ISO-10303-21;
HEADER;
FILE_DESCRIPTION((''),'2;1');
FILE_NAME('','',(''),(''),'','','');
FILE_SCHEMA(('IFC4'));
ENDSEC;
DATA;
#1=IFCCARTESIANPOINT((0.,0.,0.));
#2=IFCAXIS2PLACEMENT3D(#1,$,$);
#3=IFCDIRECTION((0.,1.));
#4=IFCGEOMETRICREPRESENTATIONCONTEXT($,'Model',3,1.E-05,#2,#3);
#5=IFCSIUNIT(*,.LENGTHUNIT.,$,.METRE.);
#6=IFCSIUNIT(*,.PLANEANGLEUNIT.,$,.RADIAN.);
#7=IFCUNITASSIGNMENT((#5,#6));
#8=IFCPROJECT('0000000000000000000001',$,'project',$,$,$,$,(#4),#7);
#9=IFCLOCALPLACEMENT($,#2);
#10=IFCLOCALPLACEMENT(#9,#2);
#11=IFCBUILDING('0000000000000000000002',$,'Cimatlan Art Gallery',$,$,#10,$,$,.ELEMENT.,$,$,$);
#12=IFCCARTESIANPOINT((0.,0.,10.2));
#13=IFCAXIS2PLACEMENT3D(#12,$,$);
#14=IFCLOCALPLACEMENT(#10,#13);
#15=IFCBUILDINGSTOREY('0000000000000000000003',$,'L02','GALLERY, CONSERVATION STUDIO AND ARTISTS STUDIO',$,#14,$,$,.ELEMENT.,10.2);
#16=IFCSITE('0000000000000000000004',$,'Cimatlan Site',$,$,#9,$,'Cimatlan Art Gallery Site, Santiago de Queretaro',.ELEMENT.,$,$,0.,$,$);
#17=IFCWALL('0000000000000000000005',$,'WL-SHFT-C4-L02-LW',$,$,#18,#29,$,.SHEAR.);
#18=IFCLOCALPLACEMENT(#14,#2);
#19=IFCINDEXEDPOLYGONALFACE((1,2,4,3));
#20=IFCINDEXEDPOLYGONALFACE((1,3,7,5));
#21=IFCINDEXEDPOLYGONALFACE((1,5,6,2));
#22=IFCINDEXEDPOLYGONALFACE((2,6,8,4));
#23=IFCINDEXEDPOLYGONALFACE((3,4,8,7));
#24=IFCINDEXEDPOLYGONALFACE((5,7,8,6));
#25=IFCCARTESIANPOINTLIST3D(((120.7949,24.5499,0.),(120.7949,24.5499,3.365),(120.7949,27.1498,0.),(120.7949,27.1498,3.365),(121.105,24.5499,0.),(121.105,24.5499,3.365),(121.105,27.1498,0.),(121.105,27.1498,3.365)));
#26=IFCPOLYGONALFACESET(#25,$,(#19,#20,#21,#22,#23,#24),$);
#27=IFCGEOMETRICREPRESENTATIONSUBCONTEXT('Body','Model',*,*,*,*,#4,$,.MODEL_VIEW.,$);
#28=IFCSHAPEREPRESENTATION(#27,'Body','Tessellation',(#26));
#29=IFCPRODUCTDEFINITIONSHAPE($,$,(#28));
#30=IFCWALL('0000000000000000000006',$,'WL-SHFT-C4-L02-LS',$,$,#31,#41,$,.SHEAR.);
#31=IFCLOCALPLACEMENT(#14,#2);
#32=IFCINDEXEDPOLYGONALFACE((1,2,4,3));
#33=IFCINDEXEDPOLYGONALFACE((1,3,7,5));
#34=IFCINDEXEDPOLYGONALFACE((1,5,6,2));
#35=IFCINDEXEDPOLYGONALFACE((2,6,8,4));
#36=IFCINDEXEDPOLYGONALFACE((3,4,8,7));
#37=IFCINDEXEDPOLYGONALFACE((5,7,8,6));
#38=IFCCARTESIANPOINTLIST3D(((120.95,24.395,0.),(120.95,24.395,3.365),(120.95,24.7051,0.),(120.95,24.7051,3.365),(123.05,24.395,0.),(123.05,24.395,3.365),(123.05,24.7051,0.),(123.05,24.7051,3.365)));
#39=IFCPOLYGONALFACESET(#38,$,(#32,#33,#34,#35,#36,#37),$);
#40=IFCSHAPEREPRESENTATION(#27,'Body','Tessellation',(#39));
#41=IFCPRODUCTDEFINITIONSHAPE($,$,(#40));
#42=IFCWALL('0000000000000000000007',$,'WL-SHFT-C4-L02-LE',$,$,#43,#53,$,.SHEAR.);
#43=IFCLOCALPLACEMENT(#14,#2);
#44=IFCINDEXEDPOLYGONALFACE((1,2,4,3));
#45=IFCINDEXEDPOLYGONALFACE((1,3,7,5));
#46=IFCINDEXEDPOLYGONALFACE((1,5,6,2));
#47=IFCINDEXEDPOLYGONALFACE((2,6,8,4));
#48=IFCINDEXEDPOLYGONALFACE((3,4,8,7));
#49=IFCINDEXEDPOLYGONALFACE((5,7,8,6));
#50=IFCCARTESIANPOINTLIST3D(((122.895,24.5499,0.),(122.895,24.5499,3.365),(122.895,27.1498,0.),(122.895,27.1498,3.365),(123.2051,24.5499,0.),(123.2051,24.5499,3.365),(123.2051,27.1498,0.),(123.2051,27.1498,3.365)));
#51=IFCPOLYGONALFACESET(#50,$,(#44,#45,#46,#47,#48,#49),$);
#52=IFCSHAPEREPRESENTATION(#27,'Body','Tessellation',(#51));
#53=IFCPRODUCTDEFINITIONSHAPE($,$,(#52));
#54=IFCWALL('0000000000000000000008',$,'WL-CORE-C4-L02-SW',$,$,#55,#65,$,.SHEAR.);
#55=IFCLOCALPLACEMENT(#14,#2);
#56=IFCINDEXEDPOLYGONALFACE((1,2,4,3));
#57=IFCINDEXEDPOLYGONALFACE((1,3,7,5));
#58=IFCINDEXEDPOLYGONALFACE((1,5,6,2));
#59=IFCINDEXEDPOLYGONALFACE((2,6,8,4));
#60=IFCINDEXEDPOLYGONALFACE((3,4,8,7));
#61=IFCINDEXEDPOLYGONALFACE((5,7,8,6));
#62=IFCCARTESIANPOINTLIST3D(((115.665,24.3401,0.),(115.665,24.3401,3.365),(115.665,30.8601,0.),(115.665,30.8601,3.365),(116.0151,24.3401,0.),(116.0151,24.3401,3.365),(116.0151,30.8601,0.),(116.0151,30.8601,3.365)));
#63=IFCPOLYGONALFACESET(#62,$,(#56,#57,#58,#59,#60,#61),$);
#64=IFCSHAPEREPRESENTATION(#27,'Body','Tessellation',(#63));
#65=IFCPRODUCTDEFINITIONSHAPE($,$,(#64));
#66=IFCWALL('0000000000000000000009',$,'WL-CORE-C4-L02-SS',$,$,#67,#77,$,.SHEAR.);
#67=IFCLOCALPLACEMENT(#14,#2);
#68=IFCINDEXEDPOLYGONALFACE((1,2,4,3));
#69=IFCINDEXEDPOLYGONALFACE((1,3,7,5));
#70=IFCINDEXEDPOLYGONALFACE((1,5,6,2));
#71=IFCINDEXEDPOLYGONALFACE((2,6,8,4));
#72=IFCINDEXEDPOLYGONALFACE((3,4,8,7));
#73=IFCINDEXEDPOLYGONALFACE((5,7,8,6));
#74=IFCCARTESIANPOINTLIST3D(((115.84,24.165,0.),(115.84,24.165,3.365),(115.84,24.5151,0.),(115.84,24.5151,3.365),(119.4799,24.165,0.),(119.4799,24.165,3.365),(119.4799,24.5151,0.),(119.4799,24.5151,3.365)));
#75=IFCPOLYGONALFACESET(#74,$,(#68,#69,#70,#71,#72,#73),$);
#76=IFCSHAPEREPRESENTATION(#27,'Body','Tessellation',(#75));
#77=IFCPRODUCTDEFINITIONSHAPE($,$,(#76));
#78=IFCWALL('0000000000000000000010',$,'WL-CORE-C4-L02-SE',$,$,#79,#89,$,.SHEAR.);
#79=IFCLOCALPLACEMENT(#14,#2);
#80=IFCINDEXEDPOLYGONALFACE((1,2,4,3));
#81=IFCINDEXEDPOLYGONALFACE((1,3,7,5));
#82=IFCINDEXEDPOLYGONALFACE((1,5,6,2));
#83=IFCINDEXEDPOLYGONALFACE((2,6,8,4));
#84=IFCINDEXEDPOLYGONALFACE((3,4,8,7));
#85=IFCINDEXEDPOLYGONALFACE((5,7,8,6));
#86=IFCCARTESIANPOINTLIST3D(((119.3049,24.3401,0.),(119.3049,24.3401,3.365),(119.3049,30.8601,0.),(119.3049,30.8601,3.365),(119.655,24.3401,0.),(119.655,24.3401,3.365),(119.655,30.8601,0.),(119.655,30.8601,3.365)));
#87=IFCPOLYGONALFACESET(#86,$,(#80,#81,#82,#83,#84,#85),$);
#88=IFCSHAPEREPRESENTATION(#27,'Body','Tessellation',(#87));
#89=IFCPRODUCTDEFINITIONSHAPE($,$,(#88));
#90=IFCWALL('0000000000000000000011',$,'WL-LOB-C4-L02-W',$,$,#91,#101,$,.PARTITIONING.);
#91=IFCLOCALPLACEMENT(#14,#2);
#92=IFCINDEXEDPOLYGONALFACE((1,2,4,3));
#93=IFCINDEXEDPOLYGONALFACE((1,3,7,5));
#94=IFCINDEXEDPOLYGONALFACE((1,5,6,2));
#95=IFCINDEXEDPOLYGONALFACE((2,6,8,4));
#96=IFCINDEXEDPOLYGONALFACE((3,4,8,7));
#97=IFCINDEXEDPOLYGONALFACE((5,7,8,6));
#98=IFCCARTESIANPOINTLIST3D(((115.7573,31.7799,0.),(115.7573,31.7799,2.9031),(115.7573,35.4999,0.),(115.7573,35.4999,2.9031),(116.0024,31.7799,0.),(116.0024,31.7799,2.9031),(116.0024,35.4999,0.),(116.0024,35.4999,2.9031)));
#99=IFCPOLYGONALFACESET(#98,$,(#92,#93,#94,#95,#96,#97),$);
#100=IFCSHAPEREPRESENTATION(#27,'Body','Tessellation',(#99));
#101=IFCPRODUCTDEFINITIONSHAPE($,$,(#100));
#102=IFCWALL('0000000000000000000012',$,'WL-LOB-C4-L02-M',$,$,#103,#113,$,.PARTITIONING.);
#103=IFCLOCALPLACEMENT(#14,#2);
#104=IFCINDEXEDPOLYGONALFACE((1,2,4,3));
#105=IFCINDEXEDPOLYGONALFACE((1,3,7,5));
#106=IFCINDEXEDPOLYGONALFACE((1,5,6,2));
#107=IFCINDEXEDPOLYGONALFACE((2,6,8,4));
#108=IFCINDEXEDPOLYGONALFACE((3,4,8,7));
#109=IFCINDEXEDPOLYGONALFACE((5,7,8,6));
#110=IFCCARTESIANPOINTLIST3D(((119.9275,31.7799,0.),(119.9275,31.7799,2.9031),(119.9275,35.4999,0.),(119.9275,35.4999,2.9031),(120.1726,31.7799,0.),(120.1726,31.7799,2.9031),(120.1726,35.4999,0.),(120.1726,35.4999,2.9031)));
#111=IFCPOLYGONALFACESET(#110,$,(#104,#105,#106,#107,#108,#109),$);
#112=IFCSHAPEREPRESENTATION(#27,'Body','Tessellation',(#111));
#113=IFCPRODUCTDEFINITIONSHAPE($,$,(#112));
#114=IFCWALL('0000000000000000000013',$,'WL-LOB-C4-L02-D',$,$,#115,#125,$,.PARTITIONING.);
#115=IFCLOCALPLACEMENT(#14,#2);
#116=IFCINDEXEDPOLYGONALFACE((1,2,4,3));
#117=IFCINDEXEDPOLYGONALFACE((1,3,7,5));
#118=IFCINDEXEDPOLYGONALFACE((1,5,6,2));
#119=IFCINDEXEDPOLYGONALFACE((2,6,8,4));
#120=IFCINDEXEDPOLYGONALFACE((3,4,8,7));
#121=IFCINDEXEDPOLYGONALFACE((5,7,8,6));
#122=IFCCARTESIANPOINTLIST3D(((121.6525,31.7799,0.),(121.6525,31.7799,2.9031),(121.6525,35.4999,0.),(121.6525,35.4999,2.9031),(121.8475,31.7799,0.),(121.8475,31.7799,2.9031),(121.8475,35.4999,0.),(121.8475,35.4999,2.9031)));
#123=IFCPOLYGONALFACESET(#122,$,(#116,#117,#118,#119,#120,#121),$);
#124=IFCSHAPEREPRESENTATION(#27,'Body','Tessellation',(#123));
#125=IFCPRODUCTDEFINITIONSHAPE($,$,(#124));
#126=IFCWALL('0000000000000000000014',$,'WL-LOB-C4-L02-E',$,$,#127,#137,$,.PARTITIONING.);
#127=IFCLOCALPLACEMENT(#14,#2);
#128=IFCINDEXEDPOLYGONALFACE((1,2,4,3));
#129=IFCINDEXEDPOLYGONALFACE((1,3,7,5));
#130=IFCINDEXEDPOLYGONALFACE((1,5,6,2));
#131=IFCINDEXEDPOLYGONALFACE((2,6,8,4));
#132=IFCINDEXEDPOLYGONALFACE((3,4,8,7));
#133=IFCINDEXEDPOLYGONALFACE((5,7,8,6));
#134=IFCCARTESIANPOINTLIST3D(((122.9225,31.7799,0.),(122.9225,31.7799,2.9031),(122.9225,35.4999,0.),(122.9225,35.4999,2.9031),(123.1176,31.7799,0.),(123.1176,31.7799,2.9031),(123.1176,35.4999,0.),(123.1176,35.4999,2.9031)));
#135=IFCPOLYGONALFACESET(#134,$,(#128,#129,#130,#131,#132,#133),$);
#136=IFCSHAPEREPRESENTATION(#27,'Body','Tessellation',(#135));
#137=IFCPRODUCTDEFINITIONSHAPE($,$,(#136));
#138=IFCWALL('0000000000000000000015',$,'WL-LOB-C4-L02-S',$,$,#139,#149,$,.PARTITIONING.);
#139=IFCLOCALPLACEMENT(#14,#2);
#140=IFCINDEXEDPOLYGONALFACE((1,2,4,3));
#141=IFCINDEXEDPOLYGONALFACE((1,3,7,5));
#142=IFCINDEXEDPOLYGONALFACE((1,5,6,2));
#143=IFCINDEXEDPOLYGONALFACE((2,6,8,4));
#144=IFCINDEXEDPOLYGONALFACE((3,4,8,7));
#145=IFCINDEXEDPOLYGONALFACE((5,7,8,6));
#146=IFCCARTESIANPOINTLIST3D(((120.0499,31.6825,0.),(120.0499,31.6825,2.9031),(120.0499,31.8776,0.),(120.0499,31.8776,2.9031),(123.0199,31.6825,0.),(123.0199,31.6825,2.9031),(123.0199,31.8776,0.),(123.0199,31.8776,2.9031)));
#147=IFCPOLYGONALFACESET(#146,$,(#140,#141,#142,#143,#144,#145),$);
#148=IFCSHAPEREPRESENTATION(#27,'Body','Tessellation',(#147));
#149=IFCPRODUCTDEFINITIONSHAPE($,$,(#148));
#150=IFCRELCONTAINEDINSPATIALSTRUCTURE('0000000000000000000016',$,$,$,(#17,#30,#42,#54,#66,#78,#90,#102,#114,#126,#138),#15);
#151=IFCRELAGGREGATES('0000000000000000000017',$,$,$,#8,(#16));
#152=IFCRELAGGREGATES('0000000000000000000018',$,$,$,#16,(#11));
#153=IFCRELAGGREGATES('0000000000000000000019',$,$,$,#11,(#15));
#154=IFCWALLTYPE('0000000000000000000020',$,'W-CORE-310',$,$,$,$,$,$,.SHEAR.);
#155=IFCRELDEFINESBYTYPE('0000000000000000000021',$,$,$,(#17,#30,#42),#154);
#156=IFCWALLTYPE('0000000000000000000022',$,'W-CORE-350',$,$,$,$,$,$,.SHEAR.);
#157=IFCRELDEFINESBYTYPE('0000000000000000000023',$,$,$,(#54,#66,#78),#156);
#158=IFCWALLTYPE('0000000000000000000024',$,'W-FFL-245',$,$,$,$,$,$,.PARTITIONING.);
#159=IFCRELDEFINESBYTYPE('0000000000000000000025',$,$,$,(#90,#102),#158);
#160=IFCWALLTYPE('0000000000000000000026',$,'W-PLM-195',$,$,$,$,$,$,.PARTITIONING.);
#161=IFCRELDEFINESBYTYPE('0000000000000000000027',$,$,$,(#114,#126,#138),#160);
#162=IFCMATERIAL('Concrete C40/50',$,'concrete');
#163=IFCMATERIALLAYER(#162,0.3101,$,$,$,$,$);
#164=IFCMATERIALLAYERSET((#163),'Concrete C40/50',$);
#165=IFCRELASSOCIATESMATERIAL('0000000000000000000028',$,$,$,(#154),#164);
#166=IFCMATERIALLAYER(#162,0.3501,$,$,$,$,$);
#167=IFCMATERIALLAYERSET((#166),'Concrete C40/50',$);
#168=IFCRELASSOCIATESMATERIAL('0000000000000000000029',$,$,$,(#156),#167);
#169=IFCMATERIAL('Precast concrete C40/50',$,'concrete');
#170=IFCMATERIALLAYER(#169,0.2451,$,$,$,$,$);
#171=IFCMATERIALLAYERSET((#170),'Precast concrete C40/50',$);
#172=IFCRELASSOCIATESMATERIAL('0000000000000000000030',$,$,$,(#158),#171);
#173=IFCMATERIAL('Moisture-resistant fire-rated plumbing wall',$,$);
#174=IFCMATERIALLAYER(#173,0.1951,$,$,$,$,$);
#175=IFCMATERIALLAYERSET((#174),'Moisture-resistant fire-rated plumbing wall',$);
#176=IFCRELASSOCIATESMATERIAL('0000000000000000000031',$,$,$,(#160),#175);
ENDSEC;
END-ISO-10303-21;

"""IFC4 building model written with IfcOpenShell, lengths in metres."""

from ifc_helpers import new_model, si_unit, direction, frame, frame_2d, origin, place, context, subcontext, project, spatial, rectangle, extrude, material, layer, layer_set, type_object, element, save


model = new_model("IFC4")

# Units and contexts
model_context = context("Model", 3, precision=1e-05, world=origin(), true_north=direction((0.0, 1.0)))
body_context = subcontext(model_context, "Body", "Model", "MODEL_VIEW")
ifc_project = project(units=[si_unit("LENGTHUNIT", "METRE"), si_unit("PLANEANGLEUNIT", "RADIAN")], contexts=[model_context])

# Site, building, storey
site_placement = place(None, origin())
site = spatial("IfcSite", under=ifc_project, at=site_placement, Name="Cimatlan Site", LongName="Cimatlan Art Gallery Site, Santiago de Queretaro", CompositionType="ELEMENT", RefElevation=0.0)
building_placement = place(site_placement, origin())
building = spatial("IfcBuilding", under=site, at=building_placement, Name="Cimatlan Art Gallery", CompositionType="ELEMENT")
storey_placement = place(building_placement, frame((0.0, 0.0, 10.2)))
storey = spatial("IfcBuildingStorey", under=building, at=storey_placement, Name="L02", Description="GALLERY, CONSERVATION STUDIO AND ARTISTS STUDIO", CompositionType="ELEMENT", Elevation=10.2)

# Walls
ifc_material_1 = material(Name="Concrete C40/50", Category="concrete")
ifc_layer_1 = layer(ifc_material_1, 0.3101)
ifc_layer_set_1 = layer_set([ifc_layer_1], Name="Concrete C40/50")
wall_type_1 = type_object("IfcWallType", Name="W-CORE-310", PredefinedType="SHEAR", material=ifc_layer_set_1)
wall_1_placement = place(storey_placement, frame((120.95, 24.55, 0.0), z_axis=(0.0, 0.0, 1.0), x_axis=(0.0, 1.0, 0.0)))
element("IfcWall", 1, at=wall_1_placement, inside=storey, type_object=wall_type_1, Name="WL-SHFT-C4-L02-LW", PredefinedType="SHEAR", context=body_context, shape_type="SweptSolid", body=[
    extrude(rectangle(XDim=2.5999, YDim=0.3101, at=frame_2d((1.2998, 0.0))), origin(), (0.0, 0.0, 1.0), 3.365),
])
wall_2_placement = place(storey_placement, frame((120.95, 24.55, 0.0), z_axis=(0.0, 0.0, 1.0), x_axis=(1.0, 0.0, 0.0)))
element("IfcWall", 2, at=wall_2_placement, inside=storey, type_object=wall_type_1, Name="WL-SHFT-C4-L02-LS", PredefinedType="SHEAR", context=body_context, shape_type="SweptSolid", body=[
    extrude(rectangle(XDim=2.1001, YDim=0.3101, at=frame_2d((1.05, 0.0))), origin(), (0.0, 0.0, 1.0), 3.365),
])
wall_3_placement = place(storey_placement, frame((123.05, 24.55, 0.0), z_axis=(0.0, 0.0, 1.0), x_axis=(0.0, 1.0, 0.0)))
element("IfcWall", 3, at=wall_3_placement, inside=storey, type_object=wall_type_1, Name="WL-SHFT-C4-L02-LE", PredefinedType="SHEAR", context=body_context, shape_type="SweptSolid", body=[
    extrude(rectangle(XDim=2.5999, YDim=0.3101, at=frame_2d((1.2998, 0.0))), origin(), (0.0, 0.0, 1.0), 3.365),
])

# Walls
ifc_layer_2 = layer(ifc_material_1, 0.3501)
ifc_layer_set_2 = layer_set([ifc_layer_2], Name="Concrete C40/50")
wall_type_2 = type_object("IfcWallType", Name="W-CORE-350", PredefinedType="SHEAR", material=ifc_layer_set_2)
wall_4_placement = place(storey_placement, frame((115.8401, 24.3401, 0.0), z_axis=(0.0, 0.0, 1.0), x_axis=(0.0, 1.0, 0.0)))
element("IfcWall", 4, at=wall_4_placement, inside=storey, type_object=wall_type_2, Name="WL-CORE-C4-L02-SW", PredefinedType="SHEAR", context=body_context, shape_type="SweptSolid", body=[
    extrude(rectangle(XDim=6.52, YDim=0.3501, at=frame_2d((3.26, 0.0))), origin(), (0.0, 0.0, 1.0), 3.365),
])
wall_5_placement = place(storey_placement, frame((115.8401, 24.3401, 0.0), z_axis=(0.0, 0.0, 1.0), x_axis=(1.0, 0.0, 0.0)))
element("IfcWall", 5, at=wall_5_placement, inside=storey, type_object=wall_type_2, Name="WL-CORE-C4-L02-SS", PredefinedType="SHEAR", context=body_context, shape_type="SweptSolid", body=[
    extrude(rectangle(XDim=3.6399, YDim=0.3501, at=frame_2d((1.8198, 0.0))), origin(), (0.0, 0.0, 1.0), 3.365),
])
wall_6_placement = place(storey_placement, frame((119.48, 24.3401, 0.0), z_axis=(0.0, 0.0, 1.0), x_axis=(0.0, 1.0, 0.0)))
element("IfcWall", 6, at=wall_6_placement, inside=storey, type_object=wall_type_2, Name="WL-CORE-C4-L02-SE", PredefinedType="SHEAR", context=body_context, shape_type="SweptSolid", body=[
    extrude(rectangle(XDim=6.52, YDim=0.3501, at=frame_2d((3.26, 0.0))), origin(), (0.0, 0.0, 1.0), 3.365),
])

# Walls
ifc_material_2 = material(Name="Precast concrete C40/50", Category="concrete")
ifc_layer_3 = layer(ifc_material_2, 0.2451)
ifc_layer_set_3 = layer_set([ifc_layer_3], Name="Precast concrete C40/50")
wall_type_3 = type_object("IfcWallType", Name="W-FFL-245", PredefinedType="PARTITIONING", material=ifc_layer_set_3)
for number, where, z_axis, x_axis, name in (
    (7, (115.8799, 31.78, 0.0), (0.0, 0.0, 1.0), (0.0, 1.0, 0.0), "WL-LOB-C4-L02-W"),
    (8, (120.05, 31.78, 0.0), (0.0, 0.0, 1.0), (0.0, 1.0, 0.0), "WL-LOB-C4-L02-M"),
):
    element("IfcWall", number, at=place(storey_placement, frame(where, z_axis=z_axis, x_axis=x_axis)), inside=storey, type_object=wall_type_3, Name=name, PredefinedType="PARTITIONING", context=body_context, shape_type="SweptSolid", body=[
        extrude(rectangle(XDim=3.72, YDim=0.2451, at=frame_2d((1.8599, 0.0))), origin(), (0.0, 0.0, 1.0), 2.9031),
    ])
ifc_material_3 = material(Name="Moisture-resistant fire-rated plumbing wall")
ifc_layer_4 = layer(ifc_material_3, 0.1951)
ifc_layer_set_4 = layer_set([ifc_layer_4], Name="Moisture-resistant fire-rated plumbing wall")
wall_type_4 = type_object("IfcWallType", Name="W-PLM-195", PredefinedType="PARTITIONING", material=ifc_layer_set_4)
for number, where, z_axis, x_axis, name in (
    (9, (121.75, 31.78, 0.0), (0.0, 0.0, 1.0), (0.0, 1.0, 0.0), "WL-LOB-C4-L02-D"),
    (10, (123.02, 31.78, 0.0), (0.0, 0.0, 1.0), (0.0, 1.0, 0.0), "WL-LOB-C4-L02-E"),
):
    element("IfcWall", number, at=place(storey_placement, frame(where, z_axis=z_axis, x_axis=x_axis)), inside=storey, type_object=wall_type_4, Name=name, PredefinedType="PARTITIONING", context=body_context, shape_type="SweptSolid", body=[
        extrude(rectangle(XDim=3.72, YDim=0.1951, at=frame_2d((1.8599, 0.0))), origin(), (0.0, 0.0, 1.0), 2.9031),
    ])
wall_7_placement = place(storey_placement, frame((120.05, 31.78, 0.0), z_axis=(0.0, 0.0, 1.0), x_axis=(1.0, 0.0, 0.0)))
element("IfcWall", 11, at=wall_7_placement, inside=storey, type_object=wall_type_4, Name="WL-LOB-C4-L02-S", PredefinedType="PARTITIONING", context=body_context, shape_type="SweptSolid", body=[
    extrude(rectangle(XDim=2.97, YDim=0.1951, at=frame_2d((1.4849, 0.0))), origin(), (0.0, 0.0, 1.0), 2.9031),
])

save(model, "model.ifc")
